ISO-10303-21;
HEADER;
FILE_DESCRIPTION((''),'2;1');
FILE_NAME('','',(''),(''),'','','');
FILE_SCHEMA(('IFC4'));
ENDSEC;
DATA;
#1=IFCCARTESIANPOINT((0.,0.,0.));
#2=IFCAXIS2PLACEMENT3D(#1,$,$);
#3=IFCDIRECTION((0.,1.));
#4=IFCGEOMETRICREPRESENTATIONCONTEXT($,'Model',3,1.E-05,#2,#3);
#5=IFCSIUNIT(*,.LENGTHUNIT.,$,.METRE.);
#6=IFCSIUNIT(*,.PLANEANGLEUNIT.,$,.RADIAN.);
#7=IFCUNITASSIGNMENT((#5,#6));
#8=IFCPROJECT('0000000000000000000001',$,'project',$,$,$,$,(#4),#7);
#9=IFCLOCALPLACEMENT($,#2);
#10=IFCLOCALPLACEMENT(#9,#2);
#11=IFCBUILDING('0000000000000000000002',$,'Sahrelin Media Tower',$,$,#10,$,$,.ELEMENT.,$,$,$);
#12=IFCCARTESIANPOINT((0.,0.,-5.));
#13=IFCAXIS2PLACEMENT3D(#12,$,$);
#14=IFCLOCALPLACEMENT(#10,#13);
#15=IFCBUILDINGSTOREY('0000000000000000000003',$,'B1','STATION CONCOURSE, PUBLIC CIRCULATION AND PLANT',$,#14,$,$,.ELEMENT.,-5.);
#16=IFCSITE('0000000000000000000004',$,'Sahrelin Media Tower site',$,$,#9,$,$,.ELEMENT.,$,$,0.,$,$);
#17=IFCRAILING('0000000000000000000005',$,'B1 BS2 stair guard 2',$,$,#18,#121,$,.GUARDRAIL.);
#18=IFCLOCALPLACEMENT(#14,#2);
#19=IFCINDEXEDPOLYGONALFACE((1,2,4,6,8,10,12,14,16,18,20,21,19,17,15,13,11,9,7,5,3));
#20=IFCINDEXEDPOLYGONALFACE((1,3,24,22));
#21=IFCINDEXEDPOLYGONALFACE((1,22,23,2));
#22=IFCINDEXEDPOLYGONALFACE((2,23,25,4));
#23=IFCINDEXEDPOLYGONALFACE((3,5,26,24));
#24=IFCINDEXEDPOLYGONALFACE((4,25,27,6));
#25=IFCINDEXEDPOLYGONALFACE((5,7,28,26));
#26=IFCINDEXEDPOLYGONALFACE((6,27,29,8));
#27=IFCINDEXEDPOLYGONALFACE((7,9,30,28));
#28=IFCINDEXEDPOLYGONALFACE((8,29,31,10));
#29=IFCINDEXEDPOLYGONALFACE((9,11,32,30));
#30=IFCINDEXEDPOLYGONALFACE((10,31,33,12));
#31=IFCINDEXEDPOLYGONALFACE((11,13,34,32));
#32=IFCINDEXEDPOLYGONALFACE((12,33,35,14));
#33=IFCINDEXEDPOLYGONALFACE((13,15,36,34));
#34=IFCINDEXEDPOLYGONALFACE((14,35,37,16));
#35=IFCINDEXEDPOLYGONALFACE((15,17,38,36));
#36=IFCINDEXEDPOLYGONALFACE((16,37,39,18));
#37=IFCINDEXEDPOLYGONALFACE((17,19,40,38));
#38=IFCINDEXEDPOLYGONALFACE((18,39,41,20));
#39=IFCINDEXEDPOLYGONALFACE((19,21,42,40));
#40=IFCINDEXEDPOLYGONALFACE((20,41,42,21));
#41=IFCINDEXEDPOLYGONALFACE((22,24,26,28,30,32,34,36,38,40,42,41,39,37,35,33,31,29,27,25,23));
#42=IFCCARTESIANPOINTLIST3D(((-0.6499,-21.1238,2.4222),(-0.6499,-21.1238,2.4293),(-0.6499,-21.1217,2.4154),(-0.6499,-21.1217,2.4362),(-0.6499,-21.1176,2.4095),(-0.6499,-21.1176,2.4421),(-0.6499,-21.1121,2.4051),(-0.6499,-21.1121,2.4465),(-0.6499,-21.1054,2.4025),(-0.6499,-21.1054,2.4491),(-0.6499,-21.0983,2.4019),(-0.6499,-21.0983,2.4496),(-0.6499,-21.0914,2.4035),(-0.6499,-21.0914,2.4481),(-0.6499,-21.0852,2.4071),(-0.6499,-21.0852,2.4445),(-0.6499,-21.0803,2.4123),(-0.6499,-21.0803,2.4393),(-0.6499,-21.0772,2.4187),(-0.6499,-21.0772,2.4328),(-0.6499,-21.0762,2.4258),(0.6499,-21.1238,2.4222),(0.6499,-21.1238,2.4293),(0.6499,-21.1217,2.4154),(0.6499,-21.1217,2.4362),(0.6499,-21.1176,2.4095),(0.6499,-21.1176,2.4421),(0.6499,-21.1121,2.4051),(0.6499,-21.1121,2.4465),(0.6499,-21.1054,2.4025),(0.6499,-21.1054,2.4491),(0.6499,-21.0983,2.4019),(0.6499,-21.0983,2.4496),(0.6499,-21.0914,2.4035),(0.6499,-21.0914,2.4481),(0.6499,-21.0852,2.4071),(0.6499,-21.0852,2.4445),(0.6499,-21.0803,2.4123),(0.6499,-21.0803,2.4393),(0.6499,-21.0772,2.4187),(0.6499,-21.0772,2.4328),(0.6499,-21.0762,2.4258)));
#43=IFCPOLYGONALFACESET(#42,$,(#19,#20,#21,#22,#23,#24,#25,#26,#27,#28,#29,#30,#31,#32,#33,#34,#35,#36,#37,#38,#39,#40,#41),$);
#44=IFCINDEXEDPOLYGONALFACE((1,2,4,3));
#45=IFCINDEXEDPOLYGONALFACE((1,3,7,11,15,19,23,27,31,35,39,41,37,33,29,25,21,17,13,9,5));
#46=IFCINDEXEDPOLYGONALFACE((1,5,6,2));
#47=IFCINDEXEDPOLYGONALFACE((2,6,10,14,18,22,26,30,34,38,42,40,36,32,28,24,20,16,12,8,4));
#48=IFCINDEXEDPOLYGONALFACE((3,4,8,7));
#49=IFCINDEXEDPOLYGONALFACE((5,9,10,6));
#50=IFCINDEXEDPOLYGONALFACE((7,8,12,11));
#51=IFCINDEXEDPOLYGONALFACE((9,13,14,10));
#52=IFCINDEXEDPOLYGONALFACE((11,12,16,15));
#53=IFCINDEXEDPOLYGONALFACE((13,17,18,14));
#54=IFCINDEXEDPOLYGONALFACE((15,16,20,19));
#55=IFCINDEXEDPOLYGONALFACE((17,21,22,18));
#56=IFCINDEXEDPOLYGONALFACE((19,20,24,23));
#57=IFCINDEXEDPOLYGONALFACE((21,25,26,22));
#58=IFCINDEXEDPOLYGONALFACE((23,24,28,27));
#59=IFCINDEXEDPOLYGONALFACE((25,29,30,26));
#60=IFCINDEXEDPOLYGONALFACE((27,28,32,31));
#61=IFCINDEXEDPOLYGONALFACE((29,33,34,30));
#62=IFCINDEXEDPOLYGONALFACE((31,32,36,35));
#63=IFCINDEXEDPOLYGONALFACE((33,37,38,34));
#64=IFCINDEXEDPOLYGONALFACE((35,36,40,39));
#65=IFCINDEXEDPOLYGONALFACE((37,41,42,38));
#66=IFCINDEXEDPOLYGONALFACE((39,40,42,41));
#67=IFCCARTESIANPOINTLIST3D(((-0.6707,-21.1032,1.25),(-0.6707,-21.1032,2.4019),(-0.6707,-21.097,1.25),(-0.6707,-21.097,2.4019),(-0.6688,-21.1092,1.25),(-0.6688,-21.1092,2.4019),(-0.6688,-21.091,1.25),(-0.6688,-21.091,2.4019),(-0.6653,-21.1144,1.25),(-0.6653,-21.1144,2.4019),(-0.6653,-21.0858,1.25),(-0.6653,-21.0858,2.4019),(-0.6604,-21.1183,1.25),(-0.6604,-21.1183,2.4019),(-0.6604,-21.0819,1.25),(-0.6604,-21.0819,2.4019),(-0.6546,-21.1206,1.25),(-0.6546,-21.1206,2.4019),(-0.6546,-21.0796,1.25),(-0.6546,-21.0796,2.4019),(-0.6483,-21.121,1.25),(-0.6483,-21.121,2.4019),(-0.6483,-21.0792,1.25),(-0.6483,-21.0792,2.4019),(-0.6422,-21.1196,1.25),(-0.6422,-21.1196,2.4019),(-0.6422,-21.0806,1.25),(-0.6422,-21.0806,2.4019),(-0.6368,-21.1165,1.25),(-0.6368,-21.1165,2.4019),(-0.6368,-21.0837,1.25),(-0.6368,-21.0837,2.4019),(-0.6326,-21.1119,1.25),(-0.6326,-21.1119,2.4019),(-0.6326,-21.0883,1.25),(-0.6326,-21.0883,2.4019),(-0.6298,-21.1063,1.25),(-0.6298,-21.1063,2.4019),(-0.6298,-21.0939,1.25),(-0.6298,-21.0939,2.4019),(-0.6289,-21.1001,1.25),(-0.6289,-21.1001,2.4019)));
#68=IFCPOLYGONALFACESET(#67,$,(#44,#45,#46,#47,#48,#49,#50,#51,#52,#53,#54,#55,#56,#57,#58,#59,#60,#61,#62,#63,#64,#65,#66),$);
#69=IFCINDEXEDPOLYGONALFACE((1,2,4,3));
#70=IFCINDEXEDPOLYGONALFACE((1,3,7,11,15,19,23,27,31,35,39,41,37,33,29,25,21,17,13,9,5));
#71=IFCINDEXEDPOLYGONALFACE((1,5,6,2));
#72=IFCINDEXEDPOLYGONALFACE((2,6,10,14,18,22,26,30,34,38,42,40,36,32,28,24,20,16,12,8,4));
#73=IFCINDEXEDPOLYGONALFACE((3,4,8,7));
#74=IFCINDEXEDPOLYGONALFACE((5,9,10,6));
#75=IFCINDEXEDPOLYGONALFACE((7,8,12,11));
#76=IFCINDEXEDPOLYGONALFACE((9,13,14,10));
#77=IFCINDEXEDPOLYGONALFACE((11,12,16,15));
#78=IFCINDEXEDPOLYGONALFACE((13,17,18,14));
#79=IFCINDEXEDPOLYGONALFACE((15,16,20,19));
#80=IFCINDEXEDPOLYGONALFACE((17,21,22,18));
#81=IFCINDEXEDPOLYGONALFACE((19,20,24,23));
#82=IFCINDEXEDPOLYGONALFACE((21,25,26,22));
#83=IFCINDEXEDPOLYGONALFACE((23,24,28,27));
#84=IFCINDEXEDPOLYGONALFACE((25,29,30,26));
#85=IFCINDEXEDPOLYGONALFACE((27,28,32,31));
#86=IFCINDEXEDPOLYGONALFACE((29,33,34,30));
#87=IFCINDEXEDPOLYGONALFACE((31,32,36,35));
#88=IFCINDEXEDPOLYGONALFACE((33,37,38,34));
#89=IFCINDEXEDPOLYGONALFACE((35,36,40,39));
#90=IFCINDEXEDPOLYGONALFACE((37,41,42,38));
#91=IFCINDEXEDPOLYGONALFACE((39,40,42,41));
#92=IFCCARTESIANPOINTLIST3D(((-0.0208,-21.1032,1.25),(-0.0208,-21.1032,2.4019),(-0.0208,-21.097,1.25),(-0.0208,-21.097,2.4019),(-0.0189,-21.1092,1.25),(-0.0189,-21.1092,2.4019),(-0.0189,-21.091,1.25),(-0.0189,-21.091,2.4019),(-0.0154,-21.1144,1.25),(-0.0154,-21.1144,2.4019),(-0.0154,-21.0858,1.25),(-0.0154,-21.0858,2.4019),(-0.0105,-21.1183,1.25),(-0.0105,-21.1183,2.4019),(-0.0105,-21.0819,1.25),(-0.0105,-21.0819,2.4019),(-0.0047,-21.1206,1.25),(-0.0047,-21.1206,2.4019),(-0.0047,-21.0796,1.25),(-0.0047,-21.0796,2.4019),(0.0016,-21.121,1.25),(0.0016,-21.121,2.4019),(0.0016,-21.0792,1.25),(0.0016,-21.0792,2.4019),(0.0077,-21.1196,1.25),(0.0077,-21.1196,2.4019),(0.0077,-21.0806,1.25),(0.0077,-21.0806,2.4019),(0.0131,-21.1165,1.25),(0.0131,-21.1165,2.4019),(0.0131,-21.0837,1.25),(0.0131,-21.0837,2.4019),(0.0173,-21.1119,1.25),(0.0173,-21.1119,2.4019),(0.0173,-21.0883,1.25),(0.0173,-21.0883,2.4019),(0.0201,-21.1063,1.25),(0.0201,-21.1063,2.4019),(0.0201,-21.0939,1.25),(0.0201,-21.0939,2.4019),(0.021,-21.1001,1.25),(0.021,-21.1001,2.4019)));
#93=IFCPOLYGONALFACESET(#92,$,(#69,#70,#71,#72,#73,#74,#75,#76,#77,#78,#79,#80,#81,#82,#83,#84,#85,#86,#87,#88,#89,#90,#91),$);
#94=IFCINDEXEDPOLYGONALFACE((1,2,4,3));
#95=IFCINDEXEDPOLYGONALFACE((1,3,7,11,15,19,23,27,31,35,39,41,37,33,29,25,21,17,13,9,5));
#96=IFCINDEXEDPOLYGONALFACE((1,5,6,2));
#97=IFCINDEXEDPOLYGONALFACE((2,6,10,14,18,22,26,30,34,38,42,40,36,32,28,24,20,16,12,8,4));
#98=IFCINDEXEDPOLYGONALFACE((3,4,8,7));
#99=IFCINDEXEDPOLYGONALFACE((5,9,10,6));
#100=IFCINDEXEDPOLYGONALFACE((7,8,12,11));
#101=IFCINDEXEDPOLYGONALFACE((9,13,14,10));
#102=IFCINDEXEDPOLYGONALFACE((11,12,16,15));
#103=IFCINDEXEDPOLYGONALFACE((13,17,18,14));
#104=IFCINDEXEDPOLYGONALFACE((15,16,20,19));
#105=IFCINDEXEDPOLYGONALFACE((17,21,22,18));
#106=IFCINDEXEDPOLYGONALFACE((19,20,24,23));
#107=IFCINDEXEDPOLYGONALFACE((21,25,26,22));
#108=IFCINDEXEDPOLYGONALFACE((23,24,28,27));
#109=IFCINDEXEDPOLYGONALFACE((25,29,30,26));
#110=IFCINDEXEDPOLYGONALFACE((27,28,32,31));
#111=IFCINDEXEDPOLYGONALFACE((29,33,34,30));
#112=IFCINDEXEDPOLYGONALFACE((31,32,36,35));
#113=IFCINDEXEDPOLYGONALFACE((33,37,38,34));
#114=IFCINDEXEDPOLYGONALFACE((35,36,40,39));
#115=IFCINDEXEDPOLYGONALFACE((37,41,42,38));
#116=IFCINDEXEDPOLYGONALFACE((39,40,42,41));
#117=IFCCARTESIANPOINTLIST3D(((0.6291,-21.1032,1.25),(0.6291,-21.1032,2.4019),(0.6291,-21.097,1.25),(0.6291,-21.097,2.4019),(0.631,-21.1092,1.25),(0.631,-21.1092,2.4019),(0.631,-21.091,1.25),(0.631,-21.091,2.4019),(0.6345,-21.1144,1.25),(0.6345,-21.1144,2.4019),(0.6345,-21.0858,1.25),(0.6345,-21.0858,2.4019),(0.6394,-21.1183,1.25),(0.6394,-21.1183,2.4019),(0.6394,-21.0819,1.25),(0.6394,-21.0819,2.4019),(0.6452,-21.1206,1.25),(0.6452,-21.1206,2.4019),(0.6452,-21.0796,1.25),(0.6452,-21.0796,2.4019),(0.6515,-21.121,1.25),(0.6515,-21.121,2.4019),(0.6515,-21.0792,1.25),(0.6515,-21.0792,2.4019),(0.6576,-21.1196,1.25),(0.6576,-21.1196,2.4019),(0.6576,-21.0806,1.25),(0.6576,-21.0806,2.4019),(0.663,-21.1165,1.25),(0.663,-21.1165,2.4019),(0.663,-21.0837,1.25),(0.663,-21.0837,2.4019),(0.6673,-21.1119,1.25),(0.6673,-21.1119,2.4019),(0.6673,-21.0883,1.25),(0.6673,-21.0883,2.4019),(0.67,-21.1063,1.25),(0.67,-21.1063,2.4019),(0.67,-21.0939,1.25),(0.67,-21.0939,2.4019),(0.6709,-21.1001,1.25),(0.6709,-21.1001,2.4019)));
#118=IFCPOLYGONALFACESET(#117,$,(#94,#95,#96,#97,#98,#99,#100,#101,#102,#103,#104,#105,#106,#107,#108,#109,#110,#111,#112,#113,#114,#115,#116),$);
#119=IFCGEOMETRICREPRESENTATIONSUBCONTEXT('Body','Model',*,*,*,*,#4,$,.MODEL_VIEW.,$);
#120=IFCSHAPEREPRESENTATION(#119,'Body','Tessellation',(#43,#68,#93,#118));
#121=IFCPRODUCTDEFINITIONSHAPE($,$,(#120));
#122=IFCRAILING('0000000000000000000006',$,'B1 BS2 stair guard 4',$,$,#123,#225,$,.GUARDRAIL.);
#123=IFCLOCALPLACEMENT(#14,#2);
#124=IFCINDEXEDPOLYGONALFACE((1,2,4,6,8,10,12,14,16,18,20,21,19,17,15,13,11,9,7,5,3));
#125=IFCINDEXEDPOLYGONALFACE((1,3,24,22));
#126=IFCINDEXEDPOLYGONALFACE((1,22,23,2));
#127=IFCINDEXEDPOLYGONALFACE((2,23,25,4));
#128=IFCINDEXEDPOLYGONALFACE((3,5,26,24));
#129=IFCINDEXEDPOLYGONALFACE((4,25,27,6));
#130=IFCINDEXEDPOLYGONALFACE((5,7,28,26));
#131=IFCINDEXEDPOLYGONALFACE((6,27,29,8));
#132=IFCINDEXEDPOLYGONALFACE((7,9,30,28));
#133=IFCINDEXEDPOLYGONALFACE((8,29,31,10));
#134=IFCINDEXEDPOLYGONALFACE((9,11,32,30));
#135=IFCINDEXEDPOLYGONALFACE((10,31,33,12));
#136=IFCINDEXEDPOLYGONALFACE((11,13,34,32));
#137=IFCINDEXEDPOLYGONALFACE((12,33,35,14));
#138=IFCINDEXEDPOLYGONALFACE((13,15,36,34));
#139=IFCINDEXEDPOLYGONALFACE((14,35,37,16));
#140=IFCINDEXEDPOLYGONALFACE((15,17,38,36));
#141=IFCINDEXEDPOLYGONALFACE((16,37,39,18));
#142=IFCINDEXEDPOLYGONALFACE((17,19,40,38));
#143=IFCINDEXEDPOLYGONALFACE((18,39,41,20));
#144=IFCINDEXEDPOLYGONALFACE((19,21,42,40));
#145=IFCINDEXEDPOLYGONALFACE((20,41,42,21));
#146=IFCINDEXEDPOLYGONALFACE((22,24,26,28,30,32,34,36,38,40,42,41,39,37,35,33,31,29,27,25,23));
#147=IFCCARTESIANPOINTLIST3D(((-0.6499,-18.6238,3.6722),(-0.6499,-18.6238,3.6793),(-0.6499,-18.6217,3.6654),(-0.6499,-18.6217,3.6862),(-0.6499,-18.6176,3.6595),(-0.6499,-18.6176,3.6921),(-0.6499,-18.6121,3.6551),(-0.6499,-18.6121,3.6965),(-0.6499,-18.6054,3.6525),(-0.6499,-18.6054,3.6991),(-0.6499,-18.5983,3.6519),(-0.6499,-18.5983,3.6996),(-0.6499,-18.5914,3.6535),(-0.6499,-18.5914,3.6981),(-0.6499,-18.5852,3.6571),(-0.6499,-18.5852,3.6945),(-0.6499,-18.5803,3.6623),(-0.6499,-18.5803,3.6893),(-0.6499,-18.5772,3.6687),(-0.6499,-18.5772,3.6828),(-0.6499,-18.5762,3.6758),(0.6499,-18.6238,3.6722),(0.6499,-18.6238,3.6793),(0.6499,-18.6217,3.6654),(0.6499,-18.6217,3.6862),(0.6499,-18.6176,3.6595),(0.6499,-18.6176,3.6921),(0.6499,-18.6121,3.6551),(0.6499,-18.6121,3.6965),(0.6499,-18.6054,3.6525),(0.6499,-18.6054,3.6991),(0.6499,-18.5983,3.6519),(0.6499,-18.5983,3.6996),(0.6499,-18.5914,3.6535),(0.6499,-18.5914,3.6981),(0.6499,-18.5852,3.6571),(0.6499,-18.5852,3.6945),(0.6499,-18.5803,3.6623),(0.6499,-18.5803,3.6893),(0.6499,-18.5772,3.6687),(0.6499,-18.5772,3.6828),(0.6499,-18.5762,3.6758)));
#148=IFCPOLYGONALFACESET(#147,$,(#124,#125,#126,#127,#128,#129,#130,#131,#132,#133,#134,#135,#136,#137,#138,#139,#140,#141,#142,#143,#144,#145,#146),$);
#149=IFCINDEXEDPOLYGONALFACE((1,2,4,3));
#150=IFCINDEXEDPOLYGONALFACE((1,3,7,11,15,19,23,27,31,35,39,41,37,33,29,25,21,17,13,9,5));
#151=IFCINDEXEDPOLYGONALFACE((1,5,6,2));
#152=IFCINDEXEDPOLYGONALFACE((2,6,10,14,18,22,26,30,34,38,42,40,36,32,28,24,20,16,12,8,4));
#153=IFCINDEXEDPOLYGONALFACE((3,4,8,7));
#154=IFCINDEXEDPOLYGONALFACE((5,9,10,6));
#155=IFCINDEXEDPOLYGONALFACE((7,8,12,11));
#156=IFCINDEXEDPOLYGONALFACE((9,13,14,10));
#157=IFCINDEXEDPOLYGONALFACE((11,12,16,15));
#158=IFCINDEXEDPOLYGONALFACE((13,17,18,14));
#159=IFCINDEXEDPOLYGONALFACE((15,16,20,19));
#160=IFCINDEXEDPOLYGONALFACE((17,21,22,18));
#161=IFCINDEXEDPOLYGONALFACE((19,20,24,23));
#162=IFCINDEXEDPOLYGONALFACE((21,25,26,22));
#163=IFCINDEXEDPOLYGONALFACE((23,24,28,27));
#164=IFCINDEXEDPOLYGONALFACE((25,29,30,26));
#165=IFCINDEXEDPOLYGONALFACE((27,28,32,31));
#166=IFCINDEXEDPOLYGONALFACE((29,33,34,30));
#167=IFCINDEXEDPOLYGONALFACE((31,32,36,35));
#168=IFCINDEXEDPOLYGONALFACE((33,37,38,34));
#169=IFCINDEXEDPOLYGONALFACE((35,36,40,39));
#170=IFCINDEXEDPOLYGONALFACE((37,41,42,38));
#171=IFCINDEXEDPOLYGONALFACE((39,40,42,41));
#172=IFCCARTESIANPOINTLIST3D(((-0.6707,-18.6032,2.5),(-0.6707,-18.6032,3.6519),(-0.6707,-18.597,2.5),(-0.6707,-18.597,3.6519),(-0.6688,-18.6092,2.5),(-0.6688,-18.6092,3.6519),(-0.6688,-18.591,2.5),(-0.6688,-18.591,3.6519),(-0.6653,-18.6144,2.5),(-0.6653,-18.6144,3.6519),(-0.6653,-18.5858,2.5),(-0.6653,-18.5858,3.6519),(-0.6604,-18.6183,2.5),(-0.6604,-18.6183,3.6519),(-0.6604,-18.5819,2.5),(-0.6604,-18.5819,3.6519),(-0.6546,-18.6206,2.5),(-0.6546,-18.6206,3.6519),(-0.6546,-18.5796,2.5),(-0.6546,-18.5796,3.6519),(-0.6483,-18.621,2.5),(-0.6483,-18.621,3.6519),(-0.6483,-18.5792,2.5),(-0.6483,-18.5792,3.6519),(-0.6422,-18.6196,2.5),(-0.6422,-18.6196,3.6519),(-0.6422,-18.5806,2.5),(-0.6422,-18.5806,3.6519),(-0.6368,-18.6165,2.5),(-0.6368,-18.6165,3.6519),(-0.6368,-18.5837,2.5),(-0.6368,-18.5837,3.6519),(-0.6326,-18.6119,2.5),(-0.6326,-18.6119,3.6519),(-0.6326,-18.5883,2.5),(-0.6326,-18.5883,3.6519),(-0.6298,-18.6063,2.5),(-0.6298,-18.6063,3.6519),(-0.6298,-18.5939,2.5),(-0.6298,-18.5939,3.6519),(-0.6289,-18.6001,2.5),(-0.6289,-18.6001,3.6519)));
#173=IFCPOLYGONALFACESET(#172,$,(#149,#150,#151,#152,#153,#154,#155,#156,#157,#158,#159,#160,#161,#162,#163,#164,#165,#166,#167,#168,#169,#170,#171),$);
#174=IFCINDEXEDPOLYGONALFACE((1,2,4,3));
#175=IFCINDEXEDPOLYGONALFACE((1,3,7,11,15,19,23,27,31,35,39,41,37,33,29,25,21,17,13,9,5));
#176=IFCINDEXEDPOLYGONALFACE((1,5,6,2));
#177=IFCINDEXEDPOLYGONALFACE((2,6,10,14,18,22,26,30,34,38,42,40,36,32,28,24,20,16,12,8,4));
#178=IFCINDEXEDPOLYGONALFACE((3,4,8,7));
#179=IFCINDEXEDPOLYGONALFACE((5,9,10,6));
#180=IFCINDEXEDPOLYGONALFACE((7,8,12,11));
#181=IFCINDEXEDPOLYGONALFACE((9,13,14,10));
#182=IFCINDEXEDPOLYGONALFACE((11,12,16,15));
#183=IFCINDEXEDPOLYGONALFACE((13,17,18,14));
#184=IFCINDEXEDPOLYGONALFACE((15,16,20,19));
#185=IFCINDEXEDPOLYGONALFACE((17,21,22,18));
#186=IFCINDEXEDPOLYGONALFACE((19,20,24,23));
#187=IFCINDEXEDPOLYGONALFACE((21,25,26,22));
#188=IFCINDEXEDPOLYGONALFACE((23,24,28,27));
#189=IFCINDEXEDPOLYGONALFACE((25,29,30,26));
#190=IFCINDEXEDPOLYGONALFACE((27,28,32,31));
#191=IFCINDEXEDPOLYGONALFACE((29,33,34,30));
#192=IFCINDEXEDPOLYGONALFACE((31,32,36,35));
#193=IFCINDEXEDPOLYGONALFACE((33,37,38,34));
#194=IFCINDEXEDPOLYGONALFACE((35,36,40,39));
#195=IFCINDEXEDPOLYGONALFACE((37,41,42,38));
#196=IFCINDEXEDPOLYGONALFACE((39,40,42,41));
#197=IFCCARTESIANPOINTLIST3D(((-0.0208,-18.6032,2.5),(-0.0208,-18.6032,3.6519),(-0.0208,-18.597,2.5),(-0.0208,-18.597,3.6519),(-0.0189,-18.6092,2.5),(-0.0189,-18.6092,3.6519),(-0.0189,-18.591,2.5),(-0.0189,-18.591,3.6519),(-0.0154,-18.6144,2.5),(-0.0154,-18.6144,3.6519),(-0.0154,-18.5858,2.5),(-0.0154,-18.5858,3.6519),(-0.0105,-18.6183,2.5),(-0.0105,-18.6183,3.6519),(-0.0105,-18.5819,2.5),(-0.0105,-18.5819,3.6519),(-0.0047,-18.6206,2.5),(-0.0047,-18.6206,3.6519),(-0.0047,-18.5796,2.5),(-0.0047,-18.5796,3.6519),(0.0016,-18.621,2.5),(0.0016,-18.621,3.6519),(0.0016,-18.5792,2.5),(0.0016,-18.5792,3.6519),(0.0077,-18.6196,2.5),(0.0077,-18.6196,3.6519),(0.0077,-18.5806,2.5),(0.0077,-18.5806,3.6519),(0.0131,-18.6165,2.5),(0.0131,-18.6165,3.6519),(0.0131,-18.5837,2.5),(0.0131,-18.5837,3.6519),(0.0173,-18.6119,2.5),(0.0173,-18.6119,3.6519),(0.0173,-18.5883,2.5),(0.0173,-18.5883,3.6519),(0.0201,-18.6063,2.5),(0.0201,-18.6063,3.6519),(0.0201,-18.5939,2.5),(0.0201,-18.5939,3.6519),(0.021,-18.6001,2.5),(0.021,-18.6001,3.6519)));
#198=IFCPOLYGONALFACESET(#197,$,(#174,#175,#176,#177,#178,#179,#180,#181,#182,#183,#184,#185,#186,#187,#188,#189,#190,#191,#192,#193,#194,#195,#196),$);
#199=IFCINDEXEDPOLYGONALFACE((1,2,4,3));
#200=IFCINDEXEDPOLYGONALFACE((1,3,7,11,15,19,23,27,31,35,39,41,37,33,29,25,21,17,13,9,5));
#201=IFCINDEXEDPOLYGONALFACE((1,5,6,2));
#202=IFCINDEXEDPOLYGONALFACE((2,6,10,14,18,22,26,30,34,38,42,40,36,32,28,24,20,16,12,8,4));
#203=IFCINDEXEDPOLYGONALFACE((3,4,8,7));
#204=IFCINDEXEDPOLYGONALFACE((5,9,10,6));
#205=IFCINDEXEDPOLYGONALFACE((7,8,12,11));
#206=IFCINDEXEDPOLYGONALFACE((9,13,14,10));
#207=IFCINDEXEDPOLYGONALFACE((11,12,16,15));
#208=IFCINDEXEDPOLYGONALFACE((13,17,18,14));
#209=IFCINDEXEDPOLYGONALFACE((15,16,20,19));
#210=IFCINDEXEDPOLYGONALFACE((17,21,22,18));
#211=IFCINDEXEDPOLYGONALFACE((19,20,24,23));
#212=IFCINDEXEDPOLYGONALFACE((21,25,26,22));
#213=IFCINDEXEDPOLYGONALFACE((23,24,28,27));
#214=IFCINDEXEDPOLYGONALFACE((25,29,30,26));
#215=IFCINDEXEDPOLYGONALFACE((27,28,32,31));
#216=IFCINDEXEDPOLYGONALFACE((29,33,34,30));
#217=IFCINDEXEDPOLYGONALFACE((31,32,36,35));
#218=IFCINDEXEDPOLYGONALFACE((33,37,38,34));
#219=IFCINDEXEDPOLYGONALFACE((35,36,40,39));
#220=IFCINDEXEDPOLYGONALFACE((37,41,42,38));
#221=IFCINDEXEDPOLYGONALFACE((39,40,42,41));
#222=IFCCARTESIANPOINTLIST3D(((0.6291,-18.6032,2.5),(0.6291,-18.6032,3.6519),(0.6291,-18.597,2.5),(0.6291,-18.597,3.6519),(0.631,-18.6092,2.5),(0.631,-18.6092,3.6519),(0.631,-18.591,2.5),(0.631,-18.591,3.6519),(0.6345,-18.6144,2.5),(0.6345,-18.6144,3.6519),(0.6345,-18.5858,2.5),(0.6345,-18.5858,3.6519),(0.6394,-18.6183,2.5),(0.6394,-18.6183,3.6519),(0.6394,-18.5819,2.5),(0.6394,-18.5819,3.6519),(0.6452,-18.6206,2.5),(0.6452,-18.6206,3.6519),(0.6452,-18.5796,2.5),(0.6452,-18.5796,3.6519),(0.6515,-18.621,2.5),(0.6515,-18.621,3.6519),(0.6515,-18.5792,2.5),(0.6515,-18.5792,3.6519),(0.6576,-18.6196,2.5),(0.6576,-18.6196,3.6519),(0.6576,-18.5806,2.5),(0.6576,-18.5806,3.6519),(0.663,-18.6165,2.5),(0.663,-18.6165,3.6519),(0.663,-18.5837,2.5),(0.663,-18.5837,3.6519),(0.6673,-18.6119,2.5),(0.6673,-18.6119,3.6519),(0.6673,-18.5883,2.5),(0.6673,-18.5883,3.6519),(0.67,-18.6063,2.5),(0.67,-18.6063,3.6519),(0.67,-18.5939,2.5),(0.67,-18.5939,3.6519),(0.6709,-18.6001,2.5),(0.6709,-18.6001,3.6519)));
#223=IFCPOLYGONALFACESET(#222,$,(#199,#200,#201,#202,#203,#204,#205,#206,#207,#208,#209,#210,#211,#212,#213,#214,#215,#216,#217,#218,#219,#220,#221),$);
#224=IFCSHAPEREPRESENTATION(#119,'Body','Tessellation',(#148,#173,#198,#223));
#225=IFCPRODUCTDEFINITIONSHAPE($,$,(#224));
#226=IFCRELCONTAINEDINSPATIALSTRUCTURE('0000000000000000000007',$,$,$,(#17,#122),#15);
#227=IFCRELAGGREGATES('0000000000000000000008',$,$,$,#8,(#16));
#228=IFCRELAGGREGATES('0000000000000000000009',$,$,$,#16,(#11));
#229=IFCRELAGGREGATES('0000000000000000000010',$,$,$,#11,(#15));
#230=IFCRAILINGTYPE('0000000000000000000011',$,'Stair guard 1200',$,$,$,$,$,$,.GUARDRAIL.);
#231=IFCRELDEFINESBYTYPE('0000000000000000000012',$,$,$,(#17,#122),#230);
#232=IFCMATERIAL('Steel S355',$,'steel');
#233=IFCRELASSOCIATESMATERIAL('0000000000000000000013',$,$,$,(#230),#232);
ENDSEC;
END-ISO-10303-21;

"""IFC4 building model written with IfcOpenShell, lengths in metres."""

from ifc_helpers import new_model, si_unit, direction, frame, origin, origin_2d, place, context, subcontext, project, spatial, circle, extrude, material, type_object, element, save


model = new_model("IFC4")

# Units and contexts
model_context = context("Model", 3, precision=1e-05, world=origin(), true_north=direction((0.0, 1.0)))
body_context = subcontext(model_context, "Body", "Model", "MODEL_VIEW")
ifc_project = project(units=[si_unit("LENGTHUNIT", "METRE"), si_unit("PLANEANGLEUNIT", "RADIAN")], contexts=[model_context])

# Site, building, storey
site_placement = place(None, origin())
site = spatial("IfcSite", under=ifc_project, at=site_placement, Name="Sahrelin Media Tower site", CompositionType="ELEMENT", RefElevation=0.0)
building_placement = place(site_placement, origin())
building = spatial("IfcBuilding", under=site, at=building_placement, Name="Sahrelin Media Tower", CompositionType="ELEMENT")
storey_placement = place(building_placement, frame((0.0, 0.0, -5.0)))
storey = spatial("IfcBuildingStorey", under=building, at=storey_placement, Name="B1", Description="STATION CONCOURSE, PUBLIC CIRCULATION AND PLANT", CompositionType="ELEMENT", Elevation=-5.0)

# Railings
ifc_material_1 = material(Name="Steel S355", Category="steel")
railing_type_1 = type_object("IfcRailingType", Name="Stair guard 1200", PredefinedType="GUARDRAIL", material=ifc_material_1)
for number, where, name in (
    (1, (-0.6499, -21.1001, 1.25), "B1 BS2 stair guard 2"),
    (2, (-0.6499, -18.6001, 2.5), "B1 BS2 stair guard 4"),
):
    element("IfcRailing", number, at=place(storey_placement, frame(where)), inside=storey, type_object=railing_type_1, Name=name, PredefinedType="GUARDRAIL", context=body_context, shape_type="SweptSolid", body=[
        extrude(circle(Radius=0.0239, at=origin_2d()), frame((0.0, 0.0, 1.1758), z_axis=(1.0, 0.0, 0.0), x_axis=(0.0, 1.0, 0.0)), (0.0, 0.0, 1.0), 1.2998),
        extrude(circle(Radius=0.021, at=origin_2d()), origin(), (0.0, 0.0, 1.0), 1.1519),
        extrude(circle(Radius=0.021, at=origin_2d()), frame((0.6499, 0.0, 0.0)), (0.0, 0.0, 1.0), 1.1519),
        extrude(circle(Radius=0.021, at=origin_2d()), frame((1.2998, 0.0, 0.0)), (0.0, 0.0, 1.0), 1.1519),
    ])

save(model, "model.ifc")
